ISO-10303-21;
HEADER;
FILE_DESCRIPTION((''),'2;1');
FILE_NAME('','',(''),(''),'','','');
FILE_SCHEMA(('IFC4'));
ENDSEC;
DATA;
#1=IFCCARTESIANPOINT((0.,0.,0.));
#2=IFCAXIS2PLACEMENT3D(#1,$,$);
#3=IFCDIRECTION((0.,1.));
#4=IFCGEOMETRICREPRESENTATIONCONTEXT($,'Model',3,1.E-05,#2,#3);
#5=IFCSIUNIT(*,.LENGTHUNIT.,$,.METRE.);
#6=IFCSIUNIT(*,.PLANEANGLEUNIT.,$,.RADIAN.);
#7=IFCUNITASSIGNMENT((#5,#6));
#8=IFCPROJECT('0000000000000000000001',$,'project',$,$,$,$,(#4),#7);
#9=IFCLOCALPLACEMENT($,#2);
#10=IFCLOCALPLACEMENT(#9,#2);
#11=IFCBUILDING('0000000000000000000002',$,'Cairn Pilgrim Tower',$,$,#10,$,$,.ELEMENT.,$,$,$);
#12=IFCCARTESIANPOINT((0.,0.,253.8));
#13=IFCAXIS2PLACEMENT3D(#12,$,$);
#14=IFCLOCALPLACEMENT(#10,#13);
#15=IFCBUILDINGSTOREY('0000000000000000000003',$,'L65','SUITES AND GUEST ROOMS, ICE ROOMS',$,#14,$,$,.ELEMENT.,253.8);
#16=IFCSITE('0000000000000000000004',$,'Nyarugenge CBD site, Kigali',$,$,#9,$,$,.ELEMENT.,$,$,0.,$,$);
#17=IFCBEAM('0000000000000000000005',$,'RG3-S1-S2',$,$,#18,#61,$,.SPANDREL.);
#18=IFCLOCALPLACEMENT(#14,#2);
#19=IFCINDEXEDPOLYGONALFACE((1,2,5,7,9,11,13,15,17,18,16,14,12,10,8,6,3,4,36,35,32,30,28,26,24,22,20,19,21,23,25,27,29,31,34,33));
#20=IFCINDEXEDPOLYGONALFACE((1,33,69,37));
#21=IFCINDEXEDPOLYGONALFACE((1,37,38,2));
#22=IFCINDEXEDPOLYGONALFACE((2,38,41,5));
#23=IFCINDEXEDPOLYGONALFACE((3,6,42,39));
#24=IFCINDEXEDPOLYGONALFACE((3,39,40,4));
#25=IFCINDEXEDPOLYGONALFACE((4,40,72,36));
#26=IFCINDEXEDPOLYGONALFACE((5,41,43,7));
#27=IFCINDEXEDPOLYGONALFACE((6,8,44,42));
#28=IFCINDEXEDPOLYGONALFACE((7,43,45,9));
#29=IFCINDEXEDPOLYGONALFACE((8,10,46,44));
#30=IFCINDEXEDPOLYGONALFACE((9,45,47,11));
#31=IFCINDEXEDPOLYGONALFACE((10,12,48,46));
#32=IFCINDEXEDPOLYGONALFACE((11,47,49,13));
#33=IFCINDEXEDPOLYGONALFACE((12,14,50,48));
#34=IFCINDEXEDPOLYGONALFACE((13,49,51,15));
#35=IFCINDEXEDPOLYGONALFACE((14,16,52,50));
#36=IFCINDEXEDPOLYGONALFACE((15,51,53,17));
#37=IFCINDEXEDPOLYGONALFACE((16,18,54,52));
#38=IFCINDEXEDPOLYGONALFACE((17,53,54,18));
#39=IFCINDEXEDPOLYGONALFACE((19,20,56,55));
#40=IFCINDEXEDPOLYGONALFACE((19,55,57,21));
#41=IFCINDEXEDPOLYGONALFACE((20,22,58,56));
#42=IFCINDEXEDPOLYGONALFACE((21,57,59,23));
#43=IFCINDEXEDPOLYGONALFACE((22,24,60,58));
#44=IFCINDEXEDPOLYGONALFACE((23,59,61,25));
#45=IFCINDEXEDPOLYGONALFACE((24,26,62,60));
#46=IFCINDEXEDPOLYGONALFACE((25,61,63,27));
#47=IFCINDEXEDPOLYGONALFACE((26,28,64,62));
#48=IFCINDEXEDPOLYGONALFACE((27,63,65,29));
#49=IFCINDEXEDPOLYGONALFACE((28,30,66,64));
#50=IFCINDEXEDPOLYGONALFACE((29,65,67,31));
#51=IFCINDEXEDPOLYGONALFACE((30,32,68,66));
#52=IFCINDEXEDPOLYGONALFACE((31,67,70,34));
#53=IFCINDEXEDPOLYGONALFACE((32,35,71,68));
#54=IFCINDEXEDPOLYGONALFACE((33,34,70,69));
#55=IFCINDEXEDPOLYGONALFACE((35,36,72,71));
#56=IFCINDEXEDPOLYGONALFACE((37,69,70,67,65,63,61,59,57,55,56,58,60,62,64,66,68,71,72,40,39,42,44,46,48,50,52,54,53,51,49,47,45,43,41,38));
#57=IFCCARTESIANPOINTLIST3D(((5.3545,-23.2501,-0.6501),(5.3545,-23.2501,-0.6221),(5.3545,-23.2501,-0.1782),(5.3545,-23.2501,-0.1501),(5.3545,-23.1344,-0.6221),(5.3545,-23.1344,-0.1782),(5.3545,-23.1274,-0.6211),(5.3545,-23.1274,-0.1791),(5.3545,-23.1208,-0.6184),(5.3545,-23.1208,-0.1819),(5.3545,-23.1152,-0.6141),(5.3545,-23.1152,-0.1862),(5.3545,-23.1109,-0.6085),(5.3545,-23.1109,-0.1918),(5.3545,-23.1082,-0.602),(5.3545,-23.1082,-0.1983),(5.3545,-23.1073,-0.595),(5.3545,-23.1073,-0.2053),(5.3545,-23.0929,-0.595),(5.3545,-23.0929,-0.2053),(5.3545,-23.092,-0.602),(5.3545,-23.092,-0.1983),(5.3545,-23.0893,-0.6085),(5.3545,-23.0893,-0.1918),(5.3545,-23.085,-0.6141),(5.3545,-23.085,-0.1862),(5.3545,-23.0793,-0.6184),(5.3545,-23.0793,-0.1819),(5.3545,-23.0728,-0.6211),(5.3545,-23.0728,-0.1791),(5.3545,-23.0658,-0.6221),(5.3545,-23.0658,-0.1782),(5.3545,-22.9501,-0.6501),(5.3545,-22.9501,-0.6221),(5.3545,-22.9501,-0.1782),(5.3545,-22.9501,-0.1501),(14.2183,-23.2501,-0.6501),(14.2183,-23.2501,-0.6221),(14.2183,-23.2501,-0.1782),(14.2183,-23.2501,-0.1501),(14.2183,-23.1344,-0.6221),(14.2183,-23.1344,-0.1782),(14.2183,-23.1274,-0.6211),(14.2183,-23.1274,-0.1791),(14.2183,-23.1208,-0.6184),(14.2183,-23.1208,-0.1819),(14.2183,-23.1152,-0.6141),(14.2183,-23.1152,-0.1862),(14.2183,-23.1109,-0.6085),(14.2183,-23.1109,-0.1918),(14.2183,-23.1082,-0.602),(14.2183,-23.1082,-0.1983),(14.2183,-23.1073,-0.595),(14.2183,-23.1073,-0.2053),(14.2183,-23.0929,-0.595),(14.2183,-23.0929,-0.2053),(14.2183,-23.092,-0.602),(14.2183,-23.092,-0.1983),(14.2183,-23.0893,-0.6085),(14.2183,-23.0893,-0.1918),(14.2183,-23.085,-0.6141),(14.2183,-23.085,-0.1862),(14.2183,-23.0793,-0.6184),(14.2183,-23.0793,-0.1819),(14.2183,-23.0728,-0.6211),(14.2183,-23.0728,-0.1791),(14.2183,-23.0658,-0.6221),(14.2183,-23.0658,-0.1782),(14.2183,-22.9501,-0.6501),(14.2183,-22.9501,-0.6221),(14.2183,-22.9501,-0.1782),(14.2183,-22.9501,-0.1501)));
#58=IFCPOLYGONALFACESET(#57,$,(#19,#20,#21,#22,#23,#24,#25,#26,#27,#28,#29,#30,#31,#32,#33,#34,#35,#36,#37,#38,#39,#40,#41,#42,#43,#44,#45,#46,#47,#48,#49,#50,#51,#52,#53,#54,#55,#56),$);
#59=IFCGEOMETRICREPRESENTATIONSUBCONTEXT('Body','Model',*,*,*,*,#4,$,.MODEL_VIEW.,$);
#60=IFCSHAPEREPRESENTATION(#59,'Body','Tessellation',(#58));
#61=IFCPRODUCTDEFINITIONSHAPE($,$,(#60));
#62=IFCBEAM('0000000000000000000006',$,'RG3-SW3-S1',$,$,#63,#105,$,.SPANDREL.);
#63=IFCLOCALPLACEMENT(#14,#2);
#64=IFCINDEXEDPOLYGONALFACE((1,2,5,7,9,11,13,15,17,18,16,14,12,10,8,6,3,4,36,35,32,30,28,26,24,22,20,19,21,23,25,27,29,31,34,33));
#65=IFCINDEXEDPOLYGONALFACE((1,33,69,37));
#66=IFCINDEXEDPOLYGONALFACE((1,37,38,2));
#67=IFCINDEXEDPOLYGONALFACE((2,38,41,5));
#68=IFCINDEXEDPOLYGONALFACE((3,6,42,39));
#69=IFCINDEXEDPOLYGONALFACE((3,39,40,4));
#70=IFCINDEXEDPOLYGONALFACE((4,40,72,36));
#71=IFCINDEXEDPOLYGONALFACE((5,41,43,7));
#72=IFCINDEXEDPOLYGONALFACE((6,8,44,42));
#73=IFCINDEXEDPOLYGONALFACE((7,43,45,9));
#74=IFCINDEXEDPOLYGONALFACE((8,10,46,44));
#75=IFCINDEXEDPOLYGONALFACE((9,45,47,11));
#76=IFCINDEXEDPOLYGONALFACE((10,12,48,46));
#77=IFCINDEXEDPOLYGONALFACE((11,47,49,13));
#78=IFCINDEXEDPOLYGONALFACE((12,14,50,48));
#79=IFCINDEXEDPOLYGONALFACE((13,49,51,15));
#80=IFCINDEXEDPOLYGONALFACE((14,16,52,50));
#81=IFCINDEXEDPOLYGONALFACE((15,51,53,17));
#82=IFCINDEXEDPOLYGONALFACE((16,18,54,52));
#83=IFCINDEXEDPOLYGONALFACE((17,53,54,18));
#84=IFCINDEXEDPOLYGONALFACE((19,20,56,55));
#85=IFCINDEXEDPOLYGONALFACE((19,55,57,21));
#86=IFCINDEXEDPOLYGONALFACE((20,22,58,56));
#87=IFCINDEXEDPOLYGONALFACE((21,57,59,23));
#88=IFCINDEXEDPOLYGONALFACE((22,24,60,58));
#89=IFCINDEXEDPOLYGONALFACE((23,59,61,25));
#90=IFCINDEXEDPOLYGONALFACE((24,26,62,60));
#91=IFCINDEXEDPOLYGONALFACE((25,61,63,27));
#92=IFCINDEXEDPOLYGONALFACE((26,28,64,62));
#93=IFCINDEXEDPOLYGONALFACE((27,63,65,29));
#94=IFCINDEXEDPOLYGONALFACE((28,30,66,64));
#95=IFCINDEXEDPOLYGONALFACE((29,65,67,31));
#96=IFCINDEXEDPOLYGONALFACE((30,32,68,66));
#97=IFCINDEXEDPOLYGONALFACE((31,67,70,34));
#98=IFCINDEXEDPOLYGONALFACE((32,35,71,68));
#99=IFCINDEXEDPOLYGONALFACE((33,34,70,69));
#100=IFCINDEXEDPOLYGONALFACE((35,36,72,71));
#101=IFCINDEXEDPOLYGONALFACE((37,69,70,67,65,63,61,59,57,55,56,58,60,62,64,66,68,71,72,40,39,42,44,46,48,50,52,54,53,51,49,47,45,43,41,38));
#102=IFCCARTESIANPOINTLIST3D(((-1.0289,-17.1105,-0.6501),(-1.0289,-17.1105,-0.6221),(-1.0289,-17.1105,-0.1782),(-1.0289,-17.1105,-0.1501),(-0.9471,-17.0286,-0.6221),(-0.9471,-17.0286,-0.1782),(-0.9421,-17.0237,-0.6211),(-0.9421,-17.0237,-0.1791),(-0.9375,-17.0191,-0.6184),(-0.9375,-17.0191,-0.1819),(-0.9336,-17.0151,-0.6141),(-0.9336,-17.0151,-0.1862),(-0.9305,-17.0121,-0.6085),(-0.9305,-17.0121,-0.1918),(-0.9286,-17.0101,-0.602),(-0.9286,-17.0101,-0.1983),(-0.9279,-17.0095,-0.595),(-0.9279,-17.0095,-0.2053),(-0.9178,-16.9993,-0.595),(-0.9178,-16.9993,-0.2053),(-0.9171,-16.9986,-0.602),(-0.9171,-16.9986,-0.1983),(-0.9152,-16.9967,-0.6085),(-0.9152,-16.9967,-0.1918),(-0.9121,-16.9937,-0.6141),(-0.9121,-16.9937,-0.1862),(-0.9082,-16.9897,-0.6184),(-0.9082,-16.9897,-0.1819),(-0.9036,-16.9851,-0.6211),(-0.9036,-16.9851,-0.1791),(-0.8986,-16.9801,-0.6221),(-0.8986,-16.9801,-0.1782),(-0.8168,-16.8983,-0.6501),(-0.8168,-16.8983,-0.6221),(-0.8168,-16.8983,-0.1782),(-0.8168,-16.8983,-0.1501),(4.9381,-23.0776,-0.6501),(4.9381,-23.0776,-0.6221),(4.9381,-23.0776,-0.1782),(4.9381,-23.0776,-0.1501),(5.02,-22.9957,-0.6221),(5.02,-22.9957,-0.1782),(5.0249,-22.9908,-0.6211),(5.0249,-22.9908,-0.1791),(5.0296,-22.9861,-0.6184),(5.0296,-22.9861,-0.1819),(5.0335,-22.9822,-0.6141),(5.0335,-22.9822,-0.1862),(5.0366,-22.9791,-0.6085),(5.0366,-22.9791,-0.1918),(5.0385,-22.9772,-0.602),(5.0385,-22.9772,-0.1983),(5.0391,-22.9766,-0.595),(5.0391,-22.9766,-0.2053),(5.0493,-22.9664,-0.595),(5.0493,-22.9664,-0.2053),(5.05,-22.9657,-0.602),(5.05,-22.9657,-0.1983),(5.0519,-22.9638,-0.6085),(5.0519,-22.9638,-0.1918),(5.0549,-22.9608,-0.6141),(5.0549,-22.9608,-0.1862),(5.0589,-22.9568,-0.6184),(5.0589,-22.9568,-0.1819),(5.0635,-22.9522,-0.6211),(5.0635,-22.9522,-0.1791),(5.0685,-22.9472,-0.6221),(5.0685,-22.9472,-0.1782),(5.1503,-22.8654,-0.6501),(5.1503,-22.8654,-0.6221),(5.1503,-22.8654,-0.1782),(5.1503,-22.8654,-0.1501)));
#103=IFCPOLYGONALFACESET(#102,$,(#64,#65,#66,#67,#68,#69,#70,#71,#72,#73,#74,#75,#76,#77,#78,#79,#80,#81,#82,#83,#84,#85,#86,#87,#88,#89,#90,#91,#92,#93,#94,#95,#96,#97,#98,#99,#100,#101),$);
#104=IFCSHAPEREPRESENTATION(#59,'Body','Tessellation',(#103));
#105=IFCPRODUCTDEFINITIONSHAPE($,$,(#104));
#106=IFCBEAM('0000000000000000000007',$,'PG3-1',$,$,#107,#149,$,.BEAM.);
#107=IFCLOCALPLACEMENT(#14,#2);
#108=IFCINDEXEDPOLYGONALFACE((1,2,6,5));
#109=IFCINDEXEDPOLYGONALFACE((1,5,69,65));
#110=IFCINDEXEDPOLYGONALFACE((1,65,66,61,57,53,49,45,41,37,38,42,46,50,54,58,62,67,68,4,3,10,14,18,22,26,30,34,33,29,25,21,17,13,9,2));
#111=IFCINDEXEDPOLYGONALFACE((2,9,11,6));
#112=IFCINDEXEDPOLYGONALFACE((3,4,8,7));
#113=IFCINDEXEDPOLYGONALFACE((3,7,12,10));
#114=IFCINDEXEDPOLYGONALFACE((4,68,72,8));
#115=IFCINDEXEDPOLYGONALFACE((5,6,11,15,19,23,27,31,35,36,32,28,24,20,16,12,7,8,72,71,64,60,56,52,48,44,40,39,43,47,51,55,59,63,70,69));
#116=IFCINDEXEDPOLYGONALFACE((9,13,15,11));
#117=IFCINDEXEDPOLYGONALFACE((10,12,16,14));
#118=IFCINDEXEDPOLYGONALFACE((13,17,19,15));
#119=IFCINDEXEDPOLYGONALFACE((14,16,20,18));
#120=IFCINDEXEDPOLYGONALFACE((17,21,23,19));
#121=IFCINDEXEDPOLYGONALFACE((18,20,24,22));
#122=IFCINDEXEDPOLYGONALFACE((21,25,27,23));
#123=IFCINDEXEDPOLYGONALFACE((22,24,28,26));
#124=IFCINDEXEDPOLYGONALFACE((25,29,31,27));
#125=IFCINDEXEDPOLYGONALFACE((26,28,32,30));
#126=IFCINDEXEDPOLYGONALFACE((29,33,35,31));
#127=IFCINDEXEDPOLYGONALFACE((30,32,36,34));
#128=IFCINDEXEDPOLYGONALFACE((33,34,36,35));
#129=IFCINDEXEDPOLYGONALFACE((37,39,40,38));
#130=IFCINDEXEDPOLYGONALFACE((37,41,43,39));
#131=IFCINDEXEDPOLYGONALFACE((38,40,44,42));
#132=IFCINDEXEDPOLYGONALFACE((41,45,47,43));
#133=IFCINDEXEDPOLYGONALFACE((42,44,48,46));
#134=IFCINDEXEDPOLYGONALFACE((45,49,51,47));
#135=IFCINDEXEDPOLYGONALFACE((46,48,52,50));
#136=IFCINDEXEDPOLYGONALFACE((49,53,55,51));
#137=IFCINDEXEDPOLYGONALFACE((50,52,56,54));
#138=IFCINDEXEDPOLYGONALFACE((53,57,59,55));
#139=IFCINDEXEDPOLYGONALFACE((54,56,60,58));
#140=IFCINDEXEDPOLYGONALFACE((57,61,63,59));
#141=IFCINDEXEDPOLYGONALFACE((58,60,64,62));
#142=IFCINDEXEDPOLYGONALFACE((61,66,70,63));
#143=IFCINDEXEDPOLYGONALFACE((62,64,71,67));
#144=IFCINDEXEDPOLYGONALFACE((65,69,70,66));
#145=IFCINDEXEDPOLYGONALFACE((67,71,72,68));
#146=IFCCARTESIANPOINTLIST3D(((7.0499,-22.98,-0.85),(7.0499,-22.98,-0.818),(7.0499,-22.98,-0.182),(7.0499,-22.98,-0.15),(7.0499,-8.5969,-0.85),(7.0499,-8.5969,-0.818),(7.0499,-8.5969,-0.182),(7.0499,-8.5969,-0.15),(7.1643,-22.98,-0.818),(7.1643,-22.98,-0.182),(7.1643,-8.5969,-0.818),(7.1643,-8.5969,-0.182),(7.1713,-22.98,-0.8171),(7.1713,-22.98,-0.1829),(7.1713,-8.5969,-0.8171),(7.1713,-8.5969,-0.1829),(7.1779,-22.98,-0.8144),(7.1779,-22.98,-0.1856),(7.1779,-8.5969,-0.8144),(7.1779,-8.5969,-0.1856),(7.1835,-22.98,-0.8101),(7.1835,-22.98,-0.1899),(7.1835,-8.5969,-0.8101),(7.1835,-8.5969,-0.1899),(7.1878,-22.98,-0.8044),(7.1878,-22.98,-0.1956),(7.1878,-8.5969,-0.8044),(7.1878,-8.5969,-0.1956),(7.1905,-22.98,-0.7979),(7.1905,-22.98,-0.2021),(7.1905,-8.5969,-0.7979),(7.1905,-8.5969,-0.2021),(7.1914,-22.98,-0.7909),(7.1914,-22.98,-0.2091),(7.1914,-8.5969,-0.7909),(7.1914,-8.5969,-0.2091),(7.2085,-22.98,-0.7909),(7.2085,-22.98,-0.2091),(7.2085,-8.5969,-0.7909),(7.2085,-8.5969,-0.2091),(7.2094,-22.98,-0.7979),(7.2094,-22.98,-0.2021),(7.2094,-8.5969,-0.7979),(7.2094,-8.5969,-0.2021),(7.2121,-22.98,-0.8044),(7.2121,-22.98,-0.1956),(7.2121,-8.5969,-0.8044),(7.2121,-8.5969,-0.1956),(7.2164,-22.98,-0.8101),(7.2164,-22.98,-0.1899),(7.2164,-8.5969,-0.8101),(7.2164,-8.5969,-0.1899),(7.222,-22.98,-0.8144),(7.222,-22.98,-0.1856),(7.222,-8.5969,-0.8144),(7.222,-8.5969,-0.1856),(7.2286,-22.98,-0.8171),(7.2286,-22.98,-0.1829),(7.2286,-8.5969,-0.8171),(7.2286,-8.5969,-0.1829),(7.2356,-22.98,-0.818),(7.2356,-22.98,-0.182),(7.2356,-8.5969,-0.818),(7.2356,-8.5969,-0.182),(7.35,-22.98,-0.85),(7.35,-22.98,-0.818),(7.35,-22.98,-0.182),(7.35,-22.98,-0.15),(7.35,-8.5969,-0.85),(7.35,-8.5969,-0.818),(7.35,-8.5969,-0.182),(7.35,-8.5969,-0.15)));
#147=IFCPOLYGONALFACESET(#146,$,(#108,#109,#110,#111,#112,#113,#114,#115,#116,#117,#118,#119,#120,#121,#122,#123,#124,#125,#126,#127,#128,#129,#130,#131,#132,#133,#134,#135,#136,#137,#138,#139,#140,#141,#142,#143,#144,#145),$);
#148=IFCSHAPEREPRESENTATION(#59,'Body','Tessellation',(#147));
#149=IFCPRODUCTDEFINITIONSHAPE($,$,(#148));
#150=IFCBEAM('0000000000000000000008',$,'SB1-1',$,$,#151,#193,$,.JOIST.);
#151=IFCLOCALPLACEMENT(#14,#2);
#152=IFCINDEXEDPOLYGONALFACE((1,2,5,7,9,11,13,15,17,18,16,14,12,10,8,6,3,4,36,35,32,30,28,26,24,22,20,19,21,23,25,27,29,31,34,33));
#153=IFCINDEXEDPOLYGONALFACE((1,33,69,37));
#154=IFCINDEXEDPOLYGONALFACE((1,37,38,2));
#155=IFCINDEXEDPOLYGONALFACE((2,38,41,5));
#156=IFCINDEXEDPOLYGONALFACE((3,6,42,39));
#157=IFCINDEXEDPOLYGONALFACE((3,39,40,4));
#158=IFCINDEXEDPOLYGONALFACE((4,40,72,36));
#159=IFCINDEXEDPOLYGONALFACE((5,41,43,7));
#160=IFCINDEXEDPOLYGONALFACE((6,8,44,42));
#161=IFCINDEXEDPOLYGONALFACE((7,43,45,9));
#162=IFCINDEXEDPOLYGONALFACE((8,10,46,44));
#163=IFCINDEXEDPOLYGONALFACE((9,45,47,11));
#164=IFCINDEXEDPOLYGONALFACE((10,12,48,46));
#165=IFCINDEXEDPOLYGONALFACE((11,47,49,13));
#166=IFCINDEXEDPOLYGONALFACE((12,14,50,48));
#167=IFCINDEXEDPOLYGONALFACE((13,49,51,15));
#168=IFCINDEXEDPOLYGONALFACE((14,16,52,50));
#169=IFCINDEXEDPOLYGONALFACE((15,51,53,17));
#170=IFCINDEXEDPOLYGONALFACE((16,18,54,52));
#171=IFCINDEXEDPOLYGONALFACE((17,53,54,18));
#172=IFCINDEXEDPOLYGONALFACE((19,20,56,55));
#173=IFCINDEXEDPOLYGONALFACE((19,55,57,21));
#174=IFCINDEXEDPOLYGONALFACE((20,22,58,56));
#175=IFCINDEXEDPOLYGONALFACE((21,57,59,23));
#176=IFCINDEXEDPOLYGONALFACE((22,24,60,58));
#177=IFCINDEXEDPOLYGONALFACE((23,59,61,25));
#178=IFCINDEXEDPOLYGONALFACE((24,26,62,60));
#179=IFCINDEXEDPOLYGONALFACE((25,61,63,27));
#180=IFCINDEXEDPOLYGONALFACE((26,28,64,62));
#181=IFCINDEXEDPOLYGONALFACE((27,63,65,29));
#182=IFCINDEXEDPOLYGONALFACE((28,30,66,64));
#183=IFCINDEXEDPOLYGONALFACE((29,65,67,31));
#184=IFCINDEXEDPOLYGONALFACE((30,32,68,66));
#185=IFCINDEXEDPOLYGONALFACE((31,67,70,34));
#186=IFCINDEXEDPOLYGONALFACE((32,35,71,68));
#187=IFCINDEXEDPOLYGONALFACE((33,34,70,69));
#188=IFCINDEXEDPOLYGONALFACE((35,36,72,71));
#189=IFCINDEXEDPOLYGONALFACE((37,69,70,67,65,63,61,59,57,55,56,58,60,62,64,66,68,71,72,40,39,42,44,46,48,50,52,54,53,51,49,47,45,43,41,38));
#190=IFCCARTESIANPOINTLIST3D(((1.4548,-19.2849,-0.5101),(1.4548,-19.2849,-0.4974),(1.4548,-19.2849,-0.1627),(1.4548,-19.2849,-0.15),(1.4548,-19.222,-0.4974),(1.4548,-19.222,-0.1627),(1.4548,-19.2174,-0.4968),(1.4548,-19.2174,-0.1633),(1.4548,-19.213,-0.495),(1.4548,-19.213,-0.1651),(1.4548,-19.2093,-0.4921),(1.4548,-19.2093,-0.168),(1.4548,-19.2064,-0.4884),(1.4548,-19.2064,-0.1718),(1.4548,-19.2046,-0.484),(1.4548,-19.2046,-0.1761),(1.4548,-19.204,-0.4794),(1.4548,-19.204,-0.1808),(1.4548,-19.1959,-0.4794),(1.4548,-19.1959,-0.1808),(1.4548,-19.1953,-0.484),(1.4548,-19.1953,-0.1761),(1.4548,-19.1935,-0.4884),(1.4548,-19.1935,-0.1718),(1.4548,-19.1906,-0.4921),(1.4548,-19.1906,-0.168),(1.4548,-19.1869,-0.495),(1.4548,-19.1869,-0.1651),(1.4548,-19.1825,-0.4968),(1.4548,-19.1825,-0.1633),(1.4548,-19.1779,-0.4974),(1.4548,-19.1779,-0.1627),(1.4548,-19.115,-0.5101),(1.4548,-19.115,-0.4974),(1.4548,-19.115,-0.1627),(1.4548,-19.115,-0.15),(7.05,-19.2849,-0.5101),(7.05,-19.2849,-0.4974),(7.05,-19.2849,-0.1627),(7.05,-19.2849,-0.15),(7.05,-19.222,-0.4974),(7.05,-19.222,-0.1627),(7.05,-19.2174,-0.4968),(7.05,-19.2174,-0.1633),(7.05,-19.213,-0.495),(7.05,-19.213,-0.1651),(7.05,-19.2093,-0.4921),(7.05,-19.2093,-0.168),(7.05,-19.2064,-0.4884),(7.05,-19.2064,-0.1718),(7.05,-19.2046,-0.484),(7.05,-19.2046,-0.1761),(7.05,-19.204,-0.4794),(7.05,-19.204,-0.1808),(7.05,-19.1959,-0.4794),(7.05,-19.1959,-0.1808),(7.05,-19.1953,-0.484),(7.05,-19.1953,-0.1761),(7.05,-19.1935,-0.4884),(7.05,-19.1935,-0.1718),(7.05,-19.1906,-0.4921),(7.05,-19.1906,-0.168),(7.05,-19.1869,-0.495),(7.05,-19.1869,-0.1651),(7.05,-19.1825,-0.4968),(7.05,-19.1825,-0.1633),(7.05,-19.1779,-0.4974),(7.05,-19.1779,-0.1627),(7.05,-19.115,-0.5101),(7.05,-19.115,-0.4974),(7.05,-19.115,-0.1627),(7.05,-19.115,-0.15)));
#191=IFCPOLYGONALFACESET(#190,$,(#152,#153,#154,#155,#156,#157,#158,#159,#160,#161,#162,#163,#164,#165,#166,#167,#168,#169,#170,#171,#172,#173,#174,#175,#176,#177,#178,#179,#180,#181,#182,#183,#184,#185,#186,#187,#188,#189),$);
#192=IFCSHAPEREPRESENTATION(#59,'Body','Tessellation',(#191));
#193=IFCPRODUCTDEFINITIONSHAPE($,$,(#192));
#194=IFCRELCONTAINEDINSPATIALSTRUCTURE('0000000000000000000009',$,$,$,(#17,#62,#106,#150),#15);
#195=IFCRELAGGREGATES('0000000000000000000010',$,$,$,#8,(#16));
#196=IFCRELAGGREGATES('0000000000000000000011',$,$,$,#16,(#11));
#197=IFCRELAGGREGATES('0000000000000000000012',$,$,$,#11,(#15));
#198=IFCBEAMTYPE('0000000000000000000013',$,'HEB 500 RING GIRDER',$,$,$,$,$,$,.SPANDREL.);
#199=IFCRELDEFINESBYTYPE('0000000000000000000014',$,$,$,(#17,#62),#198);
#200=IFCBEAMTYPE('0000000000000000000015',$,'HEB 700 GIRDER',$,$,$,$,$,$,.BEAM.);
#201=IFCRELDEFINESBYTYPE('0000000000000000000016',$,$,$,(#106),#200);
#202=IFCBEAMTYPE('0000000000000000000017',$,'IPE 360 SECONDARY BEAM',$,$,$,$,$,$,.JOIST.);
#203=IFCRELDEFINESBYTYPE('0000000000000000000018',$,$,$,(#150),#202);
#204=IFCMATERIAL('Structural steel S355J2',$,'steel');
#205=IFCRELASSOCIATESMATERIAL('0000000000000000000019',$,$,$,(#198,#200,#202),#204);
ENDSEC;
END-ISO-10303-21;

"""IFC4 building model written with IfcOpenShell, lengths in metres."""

from ifc_helpers import new_model, si_unit, direction, frame, origin, origin_2d, place, context, subcontext, project, spatial, i_section, extrude, material, material_profile, profile_set, type_object, element, save


model = new_model("IFC4")

# Units and contexts
model_context = context("Model", 3, precision=1e-05, world=origin(), true_north=direction((0.0, 1.0)))
body_context = subcontext(model_context, "Body", "Model", "MODEL_VIEW")
ifc_project = project(units=[si_unit("LENGTHUNIT", "METRE"), si_unit("PLANEANGLEUNIT", "RADIAN")], contexts=[model_context])

# Site, building, storey
site_placement = place(None, origin())
site = spatial("IfcSite", under=ifc_project, at=site_placement, Name="Nyarugenge CBD site, Kigali", CompositionType="ELEMENT", RefElevation=0.0)
building_placement = place(site_placement, origin())
building = spatial("IfcBuilding", under=site, at=building_placement, Name="Cairn Pilgrim Tower", CompositionType="ELEMENT")
storey_placement = place(building_placement, frame((0.0, 0.0, 253.8)))
storey = spatial("IfcBuildingStorey", under=building, at=storey_placement, Name="L65", Description="SUITES AND GUEST ROOMS, ICE ROOMS", CompositionType="ELEMENT", Elevation=253.8)

# Beams
ifc_material_1 = material(Name="Structural steel S355J2", Category="steel")
ifc_material_profile_1 = material_profile(ifc_material_1, i_section(OverallWidth=0.3, OverallDepth=0.5, WebThickness=0.0144, FlangeThickness=0.0281, FilletRadius=0.0271, at=origin_2d()), Name="HEB 500")
ifc_profile_set_1 = profile_set([ifc_material_profile_1], Name="Structural steel S355J2")
beam_type_1 = type_object("IfcBeamType", Name="HEB 500 RING GIRDER", PredefinedType="SPANDREL", material=ifc_profile_set_1)
beam_1_placement = place(storey_placement, frame((5.3545, -23.1001, -0.4001), z_axis=(1.0, 0.0, 0.0), x_axis=(0.0, 1.0, 0.0)))
element("IfcBeam", 1, at=beam_1_placement, inside=storey, type_object=beam_type_1, Name="RG3-S1-S2", PredefinedType="SPANDREL", context=body_context, shape_type="SweptSolid", body=[
    extrude(i_section(OverallWidth=0.3, OverallDepth=0.5, WebThickness=0.0144, FlangeThickness=0.0281, FilletRadius=0.0271, at=origin_2d()), origin(), (0.0, 0.0, 1.0), 8.8638),
])
beam_2_placement = place(storey_placement, frame((-0.9229, -17.0044, -0.4001), z_axis=(0.707107, -0.707107, 0.0), x_axis=(0.707107, 0.707107, 0.0)))
element("IfcBeam", 2, at=beam_2_placement, inside=storey, type_object=beam_type_1, Name="RG3-SW3-S1", PredefinedType="SPANDREL", context=body_context, shape_type="SweptSolid", body=[
    extrude(i_section(OverallWidth=0.3, OverallDepth=0.5, WebThickness=0.0144, FlangeThickness=0.0281, FilletRadius=0.0271, at=origin_2d()), origin(), (0.0, 0.0, 1.0), 8.4387),
])
ifc_material_profile_2 = material_profile(ifc_material_1, i_section(OverallWidth=0.3, OverallDepth=0.7, WebThickness=0.0171, FlangeThickness=0.032, FilletRadius=0.0271, at=origin_2d()), Name="HEB 700")
ifc_profile_set_2 = profile_set([ifc_material_profile_2], Name="Structural steel S355J2")
beam_type_2 = type_object("IfcBeamType", Name="HEB 700 GIRDER", PredefinedType="BEAM", material=ifc_profile_set_2)
beam_3_placement = place(storey_placement, frame((7.2, -22.98, -0.5), z_axis=(0.0, 1.0, 0.0), x_axis=(-1.0, 0.0, 0.0)))
element("IfcBeam", 3, at=beam_3_placement, inside=storey, type_object=beam_type_2, Name="PG3-1", PredefinedType="BEAM", context=body_context, shape_type="SweptSolid", body=[
    extrude(i_section(OverallWidth=0.3, OverallDepth=0.7, WebThickness=0.0171, FlangeThickness=0.032, FilletRadius=0.0271, at=origin_2d()), origin(), (0.0, 0.0, 1.0), 14.3831),
])
ifc_material_profile_3 = material_profile(ifc_material_1, i_section(OverallWidth=0.1699, OverallDepth=0.3601, WebThickness=0.0081, FlangeThickness=0.0127, FilletRadius=0.0181, at=origin_2d()), Name="IPE 360")
ifc_profile_set_3 = profile_set([ifc_material_profile_3], Name="Structural steel S355J2")
beam_type_3 = type_object("IfcBeamType", Name="IPE 360 SECONDARY BEAM", PredefinedType="JOIST", material=ifc_profile_set_3)
beam_4_placement = place(storey_placement, frame((1.4548, -19.2, -0.3301), z_axis=(1.0, 0.0, 0.0), x_axis=(0.0, 1.0, 0.0)))
element("IfcBeam", 4, at=beam_4_placement, inside=storey, type_object=beam_type_3, Name="SB1-1", PredefinedType="JOIST", context=body_context, shape_type="SweptSolid", body=[
    extrude(i_section(OverallWidth=0.1699, OverallDepth=0.3601, WebThickness=0.0081, FlangeThickness=0.0127, FilletRadius=0.0181, at=origin_2d()), origin(), (0.0, 0.0, 1.0), 5.5952),
])

save(model, "model.ifc")
